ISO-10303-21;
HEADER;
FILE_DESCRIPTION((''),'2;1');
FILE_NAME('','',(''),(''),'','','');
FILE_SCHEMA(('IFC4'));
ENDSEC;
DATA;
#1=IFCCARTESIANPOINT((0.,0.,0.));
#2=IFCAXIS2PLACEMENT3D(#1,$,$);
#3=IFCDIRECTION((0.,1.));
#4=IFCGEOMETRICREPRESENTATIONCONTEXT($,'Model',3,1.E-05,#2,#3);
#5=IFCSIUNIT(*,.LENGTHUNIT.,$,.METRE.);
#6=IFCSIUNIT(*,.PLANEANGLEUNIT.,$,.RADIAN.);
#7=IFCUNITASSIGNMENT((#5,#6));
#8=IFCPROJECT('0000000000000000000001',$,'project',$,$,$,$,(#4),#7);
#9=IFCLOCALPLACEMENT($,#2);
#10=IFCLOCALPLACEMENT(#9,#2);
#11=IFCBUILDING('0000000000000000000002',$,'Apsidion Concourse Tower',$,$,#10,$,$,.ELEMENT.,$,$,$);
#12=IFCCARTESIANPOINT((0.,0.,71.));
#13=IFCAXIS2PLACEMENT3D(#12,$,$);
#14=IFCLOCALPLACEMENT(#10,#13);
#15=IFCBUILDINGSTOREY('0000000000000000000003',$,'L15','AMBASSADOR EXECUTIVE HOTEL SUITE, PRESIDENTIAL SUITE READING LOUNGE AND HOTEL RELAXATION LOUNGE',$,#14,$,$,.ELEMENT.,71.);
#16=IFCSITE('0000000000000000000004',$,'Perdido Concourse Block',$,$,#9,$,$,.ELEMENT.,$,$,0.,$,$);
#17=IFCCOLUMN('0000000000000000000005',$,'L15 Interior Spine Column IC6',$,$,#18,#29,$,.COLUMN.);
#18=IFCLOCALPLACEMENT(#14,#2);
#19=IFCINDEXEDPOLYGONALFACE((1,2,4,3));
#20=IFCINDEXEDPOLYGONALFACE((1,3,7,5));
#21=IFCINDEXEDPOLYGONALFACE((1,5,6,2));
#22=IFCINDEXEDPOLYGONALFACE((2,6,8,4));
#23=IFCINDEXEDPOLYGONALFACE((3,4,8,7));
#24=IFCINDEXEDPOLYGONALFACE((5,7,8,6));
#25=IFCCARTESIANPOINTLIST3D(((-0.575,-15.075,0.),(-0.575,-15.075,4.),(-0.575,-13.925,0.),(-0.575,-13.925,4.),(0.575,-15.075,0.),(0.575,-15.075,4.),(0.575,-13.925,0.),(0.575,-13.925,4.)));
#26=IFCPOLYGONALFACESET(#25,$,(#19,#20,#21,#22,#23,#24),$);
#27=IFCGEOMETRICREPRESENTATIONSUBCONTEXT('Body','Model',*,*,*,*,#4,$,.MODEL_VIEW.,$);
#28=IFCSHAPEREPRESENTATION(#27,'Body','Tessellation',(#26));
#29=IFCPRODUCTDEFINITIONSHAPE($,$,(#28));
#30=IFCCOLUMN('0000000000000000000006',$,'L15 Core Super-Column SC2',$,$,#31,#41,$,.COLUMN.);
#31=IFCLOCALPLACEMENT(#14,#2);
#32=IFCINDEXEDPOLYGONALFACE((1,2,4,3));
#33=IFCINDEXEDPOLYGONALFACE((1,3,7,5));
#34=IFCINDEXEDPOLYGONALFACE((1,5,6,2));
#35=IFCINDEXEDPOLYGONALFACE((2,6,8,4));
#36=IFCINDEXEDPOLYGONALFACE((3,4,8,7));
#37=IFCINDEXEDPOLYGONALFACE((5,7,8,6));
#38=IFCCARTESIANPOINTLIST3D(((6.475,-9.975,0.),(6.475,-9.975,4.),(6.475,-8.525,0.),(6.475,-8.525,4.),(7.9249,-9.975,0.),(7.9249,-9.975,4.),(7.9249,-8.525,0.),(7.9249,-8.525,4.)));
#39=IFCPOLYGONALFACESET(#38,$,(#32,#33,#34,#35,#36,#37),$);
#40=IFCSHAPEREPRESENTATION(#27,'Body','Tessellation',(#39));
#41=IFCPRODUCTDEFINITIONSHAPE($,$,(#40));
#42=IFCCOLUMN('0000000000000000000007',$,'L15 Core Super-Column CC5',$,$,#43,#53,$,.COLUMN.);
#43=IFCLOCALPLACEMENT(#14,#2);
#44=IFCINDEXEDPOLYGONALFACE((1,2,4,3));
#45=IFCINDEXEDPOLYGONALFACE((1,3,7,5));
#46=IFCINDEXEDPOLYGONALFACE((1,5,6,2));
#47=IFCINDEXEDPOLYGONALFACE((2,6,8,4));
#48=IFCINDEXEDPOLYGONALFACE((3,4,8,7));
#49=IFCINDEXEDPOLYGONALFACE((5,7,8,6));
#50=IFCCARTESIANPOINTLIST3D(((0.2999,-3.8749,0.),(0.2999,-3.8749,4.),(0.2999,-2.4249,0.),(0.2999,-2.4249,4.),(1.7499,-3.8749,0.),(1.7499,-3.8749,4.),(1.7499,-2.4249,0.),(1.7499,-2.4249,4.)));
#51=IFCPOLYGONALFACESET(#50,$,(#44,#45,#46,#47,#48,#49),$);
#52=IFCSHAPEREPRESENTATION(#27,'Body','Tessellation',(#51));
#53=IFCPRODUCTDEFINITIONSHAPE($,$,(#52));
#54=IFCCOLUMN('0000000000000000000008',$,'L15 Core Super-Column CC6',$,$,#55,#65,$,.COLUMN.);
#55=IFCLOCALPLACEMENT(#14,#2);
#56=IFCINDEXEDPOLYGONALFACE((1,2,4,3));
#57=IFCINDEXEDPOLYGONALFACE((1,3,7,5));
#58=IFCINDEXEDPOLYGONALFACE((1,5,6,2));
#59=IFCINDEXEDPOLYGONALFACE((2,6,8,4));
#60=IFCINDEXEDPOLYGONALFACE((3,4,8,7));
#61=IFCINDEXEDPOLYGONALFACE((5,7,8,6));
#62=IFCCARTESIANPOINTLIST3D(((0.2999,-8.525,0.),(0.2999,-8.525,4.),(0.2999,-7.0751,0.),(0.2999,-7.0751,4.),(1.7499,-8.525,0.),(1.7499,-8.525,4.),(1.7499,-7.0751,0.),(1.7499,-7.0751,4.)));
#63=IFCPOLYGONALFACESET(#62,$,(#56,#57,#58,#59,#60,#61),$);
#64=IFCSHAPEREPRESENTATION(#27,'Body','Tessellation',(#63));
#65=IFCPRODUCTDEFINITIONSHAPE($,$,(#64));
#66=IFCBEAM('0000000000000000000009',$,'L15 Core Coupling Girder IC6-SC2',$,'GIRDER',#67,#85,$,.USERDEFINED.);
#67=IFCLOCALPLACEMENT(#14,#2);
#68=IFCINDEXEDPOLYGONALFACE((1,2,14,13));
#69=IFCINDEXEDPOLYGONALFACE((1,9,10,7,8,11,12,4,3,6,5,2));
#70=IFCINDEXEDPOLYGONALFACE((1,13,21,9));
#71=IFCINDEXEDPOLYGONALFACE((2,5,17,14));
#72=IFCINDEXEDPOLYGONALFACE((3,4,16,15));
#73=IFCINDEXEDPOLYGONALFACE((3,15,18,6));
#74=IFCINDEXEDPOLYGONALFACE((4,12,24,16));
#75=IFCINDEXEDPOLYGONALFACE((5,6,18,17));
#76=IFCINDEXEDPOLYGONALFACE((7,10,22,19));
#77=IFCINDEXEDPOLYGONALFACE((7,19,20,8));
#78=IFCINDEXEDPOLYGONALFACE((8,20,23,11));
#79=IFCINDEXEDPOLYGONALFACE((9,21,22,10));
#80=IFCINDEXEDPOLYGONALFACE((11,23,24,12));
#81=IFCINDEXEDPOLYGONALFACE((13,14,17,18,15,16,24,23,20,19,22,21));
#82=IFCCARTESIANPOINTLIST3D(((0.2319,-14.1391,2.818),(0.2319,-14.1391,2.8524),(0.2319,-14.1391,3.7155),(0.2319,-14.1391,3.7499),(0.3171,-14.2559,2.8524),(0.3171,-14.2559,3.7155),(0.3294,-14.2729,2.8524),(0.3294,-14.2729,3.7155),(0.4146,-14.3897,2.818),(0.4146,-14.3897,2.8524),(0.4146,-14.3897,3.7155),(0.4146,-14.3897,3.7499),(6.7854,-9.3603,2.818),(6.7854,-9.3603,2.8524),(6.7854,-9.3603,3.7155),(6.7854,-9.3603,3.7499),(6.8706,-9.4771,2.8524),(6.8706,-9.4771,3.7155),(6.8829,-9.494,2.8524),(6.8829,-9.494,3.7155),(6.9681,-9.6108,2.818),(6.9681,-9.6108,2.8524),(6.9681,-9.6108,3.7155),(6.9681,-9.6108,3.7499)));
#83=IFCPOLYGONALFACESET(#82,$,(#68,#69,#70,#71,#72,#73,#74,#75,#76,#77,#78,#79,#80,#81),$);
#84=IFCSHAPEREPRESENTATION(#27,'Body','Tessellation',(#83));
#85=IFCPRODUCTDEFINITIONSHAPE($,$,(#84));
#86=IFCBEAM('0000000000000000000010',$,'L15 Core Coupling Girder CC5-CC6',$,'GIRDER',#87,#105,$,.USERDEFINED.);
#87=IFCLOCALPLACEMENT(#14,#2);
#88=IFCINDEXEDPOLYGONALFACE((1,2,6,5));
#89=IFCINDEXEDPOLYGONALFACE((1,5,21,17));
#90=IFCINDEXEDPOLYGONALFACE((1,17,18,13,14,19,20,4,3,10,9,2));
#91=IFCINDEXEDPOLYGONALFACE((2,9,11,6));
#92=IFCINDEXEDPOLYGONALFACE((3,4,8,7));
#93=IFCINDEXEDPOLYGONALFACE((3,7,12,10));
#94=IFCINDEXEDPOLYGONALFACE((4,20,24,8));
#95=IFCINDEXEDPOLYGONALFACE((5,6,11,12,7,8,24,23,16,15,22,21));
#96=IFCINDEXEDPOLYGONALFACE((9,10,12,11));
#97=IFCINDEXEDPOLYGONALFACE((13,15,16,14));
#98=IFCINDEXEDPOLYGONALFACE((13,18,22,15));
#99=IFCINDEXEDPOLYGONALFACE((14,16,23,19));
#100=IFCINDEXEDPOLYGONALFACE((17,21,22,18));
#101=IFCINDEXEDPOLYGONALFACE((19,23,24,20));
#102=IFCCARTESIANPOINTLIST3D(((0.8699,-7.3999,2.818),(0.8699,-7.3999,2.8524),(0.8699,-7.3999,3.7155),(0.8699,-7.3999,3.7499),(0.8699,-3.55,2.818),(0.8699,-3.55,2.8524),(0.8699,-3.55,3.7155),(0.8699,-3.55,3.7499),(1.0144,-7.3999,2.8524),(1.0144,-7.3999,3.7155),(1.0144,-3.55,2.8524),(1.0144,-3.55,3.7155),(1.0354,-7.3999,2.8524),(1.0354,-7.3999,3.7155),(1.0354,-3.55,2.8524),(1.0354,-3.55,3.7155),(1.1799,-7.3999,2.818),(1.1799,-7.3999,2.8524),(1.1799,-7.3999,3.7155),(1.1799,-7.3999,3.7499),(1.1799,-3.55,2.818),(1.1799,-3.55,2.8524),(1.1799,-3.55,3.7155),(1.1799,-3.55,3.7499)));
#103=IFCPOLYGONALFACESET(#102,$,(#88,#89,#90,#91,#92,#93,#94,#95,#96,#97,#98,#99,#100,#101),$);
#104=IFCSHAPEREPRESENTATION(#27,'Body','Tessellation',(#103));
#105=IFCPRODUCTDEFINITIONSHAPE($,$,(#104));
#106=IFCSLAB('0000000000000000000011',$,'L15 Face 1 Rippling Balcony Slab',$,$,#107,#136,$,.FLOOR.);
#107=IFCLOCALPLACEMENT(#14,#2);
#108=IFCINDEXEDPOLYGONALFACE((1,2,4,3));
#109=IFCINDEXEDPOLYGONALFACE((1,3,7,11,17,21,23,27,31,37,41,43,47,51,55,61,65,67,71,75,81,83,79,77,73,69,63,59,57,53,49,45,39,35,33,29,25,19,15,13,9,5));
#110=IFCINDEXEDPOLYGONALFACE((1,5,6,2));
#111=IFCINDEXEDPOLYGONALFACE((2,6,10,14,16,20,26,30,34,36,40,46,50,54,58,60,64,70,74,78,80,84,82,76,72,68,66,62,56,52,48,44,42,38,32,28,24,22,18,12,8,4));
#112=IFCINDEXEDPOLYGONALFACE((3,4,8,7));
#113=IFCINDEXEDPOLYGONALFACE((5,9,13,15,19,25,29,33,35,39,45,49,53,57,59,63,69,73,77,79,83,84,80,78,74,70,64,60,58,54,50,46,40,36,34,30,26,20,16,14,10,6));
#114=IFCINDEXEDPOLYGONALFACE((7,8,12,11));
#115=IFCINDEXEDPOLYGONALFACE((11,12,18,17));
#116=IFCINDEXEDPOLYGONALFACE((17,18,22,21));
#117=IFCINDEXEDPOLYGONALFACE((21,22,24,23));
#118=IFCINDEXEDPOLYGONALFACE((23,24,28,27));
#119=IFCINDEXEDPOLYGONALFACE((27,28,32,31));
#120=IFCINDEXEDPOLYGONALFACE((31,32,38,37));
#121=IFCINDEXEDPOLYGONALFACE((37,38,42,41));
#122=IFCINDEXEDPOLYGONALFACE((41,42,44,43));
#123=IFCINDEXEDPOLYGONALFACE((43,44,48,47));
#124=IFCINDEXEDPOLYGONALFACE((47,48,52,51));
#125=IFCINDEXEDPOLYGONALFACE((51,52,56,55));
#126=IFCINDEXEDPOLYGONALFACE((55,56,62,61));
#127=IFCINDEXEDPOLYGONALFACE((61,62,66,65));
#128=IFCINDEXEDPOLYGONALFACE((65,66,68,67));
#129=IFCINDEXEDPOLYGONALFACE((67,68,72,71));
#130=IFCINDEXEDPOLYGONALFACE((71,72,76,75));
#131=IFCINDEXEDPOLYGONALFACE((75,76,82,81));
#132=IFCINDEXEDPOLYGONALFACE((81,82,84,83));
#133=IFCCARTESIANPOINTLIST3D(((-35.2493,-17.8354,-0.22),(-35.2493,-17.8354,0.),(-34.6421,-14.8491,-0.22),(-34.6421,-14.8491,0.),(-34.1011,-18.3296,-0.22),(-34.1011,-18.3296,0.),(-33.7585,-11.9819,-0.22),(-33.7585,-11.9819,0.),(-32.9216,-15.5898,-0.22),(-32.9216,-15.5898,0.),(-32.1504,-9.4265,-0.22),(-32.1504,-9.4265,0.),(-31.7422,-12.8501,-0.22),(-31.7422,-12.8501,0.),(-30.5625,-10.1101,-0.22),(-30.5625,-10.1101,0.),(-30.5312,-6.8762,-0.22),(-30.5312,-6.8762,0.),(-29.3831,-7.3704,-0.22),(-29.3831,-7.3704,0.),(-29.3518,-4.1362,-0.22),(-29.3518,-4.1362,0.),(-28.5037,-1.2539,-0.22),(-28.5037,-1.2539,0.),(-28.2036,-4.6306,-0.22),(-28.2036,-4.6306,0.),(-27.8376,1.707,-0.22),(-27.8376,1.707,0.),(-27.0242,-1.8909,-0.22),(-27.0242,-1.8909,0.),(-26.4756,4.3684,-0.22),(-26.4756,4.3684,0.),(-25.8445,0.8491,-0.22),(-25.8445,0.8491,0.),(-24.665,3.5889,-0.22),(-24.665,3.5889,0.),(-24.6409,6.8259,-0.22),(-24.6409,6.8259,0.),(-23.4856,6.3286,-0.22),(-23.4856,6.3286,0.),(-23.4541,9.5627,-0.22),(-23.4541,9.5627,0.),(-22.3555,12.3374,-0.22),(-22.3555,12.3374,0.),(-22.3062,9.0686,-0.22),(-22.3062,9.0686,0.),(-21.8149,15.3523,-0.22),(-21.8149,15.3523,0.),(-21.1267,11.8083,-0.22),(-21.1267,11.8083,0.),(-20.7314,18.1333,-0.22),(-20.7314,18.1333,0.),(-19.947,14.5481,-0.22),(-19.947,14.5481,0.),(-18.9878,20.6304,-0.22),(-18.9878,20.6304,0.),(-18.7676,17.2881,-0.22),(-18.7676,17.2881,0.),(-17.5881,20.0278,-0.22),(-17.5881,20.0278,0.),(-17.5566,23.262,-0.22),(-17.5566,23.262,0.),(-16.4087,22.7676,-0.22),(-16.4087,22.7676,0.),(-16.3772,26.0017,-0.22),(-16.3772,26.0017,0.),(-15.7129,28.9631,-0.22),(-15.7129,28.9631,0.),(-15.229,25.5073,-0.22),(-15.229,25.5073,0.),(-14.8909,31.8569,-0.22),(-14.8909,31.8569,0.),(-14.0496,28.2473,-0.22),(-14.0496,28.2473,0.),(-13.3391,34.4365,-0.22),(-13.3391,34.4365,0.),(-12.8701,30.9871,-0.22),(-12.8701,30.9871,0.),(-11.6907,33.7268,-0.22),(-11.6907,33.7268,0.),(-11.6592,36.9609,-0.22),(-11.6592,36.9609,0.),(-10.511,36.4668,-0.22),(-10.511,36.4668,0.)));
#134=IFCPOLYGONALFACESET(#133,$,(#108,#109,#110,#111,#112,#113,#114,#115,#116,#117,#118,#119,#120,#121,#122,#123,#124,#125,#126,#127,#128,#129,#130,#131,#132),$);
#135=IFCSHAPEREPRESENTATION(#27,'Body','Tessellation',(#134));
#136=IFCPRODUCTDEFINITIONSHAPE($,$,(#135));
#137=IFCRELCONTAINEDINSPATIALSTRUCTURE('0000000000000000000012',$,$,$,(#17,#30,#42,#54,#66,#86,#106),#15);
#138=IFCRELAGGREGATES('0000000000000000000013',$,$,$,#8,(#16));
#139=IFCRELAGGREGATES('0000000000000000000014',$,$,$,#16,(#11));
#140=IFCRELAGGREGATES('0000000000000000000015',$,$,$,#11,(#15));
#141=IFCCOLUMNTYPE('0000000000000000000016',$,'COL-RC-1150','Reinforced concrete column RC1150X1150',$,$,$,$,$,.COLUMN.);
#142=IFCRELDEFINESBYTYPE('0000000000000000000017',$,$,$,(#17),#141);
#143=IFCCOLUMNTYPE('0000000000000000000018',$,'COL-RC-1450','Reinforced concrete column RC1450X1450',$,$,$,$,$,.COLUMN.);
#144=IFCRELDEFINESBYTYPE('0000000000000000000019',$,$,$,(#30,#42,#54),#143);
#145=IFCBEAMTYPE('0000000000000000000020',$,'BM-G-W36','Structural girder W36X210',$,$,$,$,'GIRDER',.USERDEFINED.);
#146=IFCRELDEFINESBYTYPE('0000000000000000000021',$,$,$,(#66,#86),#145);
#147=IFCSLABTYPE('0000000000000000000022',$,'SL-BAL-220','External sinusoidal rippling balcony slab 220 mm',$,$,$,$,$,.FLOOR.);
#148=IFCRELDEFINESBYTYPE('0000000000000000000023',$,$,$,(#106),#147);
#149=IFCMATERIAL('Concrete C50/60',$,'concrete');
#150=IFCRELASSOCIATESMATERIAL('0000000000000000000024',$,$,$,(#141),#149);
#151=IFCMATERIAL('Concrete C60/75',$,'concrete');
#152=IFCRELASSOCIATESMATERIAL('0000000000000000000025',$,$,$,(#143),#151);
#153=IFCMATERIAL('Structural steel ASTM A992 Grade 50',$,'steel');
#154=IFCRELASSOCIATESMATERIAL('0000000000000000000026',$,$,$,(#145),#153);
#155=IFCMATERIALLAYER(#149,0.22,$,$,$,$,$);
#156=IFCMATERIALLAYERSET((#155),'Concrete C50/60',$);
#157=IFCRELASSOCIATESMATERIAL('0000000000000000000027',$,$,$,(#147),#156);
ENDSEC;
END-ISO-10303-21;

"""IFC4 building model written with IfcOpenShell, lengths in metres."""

from ifc_helpers import new_model, si_unit, direction, frame, origin, origin_2d, place, context, subcontext, project, spatial, polyline, rectangle, i_section, outline, extrude, material, layer, layer_set, material_profile, profile_set, type_object, element, save


model = new_model("IFC4")

# Units and contexts
model_context = context("Model", 3, precision=1e-05, world=origin(), true_north=direction((0.0, 1.0)))
body_context = subcontext(model_context, "Body", "Model", "MODEL_VIEW")
ifc_project = project(units=[si_unit("LENGTHUNIT", "METRE"), si_unit("PLANEANGLEUNIT", "RADIAN")], contexts=[model_context])

# Site, building, storey
site_placement = place(None, origin())
site = spatial("IfcSite", under=ifc_project, at=site_placement, Name="Perdido Concourse Block", CompositionType="ELEMENT", RefElevation=0.0)
building_placement = place(site_placement, origin())
building = spatial("IfcBuilding", under=site, at=building_placement, Name="Apsidion Concourse Tower", CompositionType="ELEMENT")
storey_placement = place(building_placement, frame((0.0, 0.0, 71.0)))
storey = spatial("IfcBuildingStorey", under=building, at=storey_placement, Name="L15", Description="AMBASSADOR EXECUTIVE HOTEL SUITE, PRESIDENTIAL SUITE READING LOUNGE AND HOTEL RELAXATION LOUNGE", CompositionType="ELEMENT", Elevation=71.0)

# Columns
ifc_material_1 = material(Name="Concrete C50/60", Category="concrete")
ifc_material_profile_1 = material_profile(ifc_material_1, rectangle(XDim=1.1499, YDim=1.1499, at=origin_2d()), Name="RC 1150x1150")
ifc_profile_set_1 = profile_set([ifc_material_profile_1], Name="Concrete C50/60")
column_type_1 = type_object("IfcColumnType", Name="COL-RC-1150", Description="Reinforced concrete column RC1150X1150", PredefinedType="COLUMN", material=ifc_profile_set_1)
column_placement = place(storey_placement, frame((0.0, -14.5, 0.0), z_axis=(0.0, 0.0, 1.0), x_axis=(1.0, 0.0, 0.0)))
element("IfcColumn", 1, at=column_placement, inside=storey, type_object=column_type_1, Name="L15 Interior Spine Column IC6", PredefinedType="COLUMN", context=body_context, shape_type="SweptSolid", body=[
    extrude(rectangle(XDim=1.1499, YDim=1.1499, at=origin_2d()), origin(), (0.0, 0.0, 1.0), 4.0),
])
ifc_material_2 = material(Name="Concrete C60/75", Category="concrete")
ifc_material_profile_2 = material_profile(ifc_material_2, rectangle(XDim=1.45, YDim=1.45, at=origin_2d()), Name="RC 1450x1450")
ifc_profile_set_2 = profile_set([ifc_material_profile_2], Name="Concrete C60/75")
column_type_2 = type_object("IfcColumnType", Name="COL-RC-1450", Description="Reinforced concrete column RC1450X1450", PredefinedType="COLUMN", material=ifc_profile_set_2)
for number, where, z_axis, x_axis, name in (
    (2, (7.2, -9.25, 0.0), (0.0, 0.0, 1.0), (1.0, 0.0, 0.0), "L15 Core Super-Column SC2"),
    (3, (1.0249, -3.1499, 0.0), (0.0, 0.0, 1.0), (1.0, 0.0, 0.0), "L15 Core Super-Column CC5"),
    (4, (1.0249, -7.8, 0.0), (0.0, 0.0, 1.0), (1.0, 0.0, 0.0), "L15 Core Super-Column CC6"),
):
    element("IfcColumn", number, at=place(storey_placement, frame(where, z_axis=z_axis, x_axis=x_axis)), inside=storey, type_object=column_type_2, Name=name, PredefinedType="COLUMN", context=body_context, shape_type="SweptSolid", body=[
        extrude(rectangle(XDim=1.45, YDim=1.45, at=origin_2d()), origin(), (0.0, 0.0, 1.0), 4.0),
    ])

# Beams
ifc_material_3 = material(Name="Structural steel ASTM A992 Grade 50", Category="steel")
ifc_material_profile_3 = material_profile(ifc_material_3, i_section(OverallWidth=0.3101, OverallDepth=0.9319, WebThickness=0.021, FlangeThickness=0.0344, at=origin_2d()), Name="W36X210")
ifc_profile_set_3 = profile_set([ifc_material_profile_3], Name="Structural steel ASTM A992 Grade 50")
beam_type = type_object("IfcBeamType", Name="BM-G-W36", Description="Structural girder W36X210", ElementType="GIRDER", PredefinedType="USERDEFINED", material=ifc_profile_set_3)
beam_1_placement = place(storey_placement, frame((0.3232, -14.2644, 3.2839), z_axis=(0.807993, 0.589191, 0.0), x_axis=(-0.589191, 0.807993, 0.0)))
element("IfcBeam", 5, at=beam_1_placement, inside=storey, type_object=beam_type, Name="L15 Core Coupling Girder IC6-SC2", ObjectType="GIRDER", PredefinedType="USERDEFINED", context=body_context, shape_type="SweptSolid", body=[
    extrude(i_section(OverallWidth=0.3101, OverallDepth=0.9319, WebThickness=0.021, FlangeThickness=0.0344, at=origin_2d()), origin(), (0.0, 0.0, 1.0), 8.1108),
])
beam_2_placement = place(storey_placement, frame((1.0249, -3.55, 3.2839), z_axis=(0.0, -1.0, 0.0), x_axis=(1.0, 0.0, 0.0)))
element("IfcBeam", 6, at=beam_2_placement, inside=storey, type_object=beam_type, Name="L15 Core Coupling Girder CC5-CC6", ObjectType="GIRDER", PredefinedType="USERDEFINED", context=body_context, shape_type="SweptSolid", body=[
    extrude(i_section(OverallWidth=0.3101, OverallDepth=0.9319, WebThickness=0.021, FlangeThickness=0.0344, at=origin_2d()), origin(), (0.0, 0.0, 1.0), 3.8499),
])

# Slab
ifc_layer_1 = layer(ifc_material_1, 0.22)
ifc_layer_set_1 = layer_set([ifc_layer_1], Name="Concrete C50/60")
slab_type_1 = type_object("IfcSlabType", Name="SL-BAL-220", Description="External sinusoidal rippling balcony slab 220 mm", PredefinedType="FLOOR", material=ifc_layer_set_1)
slab_1_placement = place(storey_placement, frame((0.0, 0.0, -0.22)))
element("IfcSlab", 7, at=slab_1_placement, inside=storey, type_object=slab_type_1, Name="L15 Face 1 Rippling Balcony Slab", PredefinedType="FLOOR", context=body_context, shape_type="SweptSolid", body=[
    extrude(outline(polyline([(-10.511, 36.4668), (-11.6907, 33.7268), (-12.8701, 30.9871), (-14.0496, 28.2473), (-15.229, 25.5073), (-16.4087, 22.7676), (-17.5881, 20.0278), (-18.7676, 17.2881), (-19.947, 14.5481), (-21.1267, 11.8083), (-22.3062, 9.0686), (-23.4856, 6.3286), (-24.665, 3.5889), (-25.8445, 0.8491), (-27.0242, -1.8909), (-28.2036, -4.6306), (-29.3831, -7.3704), (-30.5625, -10.1101), (-31.7422, -12.8501), (-32.9216, -15.5898), (-34.1011, -18.3296), (-35.2493, -17.8354), (-34.6421, -14.8491), (-33.7585, -11.9819), (-32.1504, -9.4265), (-30.5312, -6.8762), (-29.3518, -4.1362), (-28.5037, -1.2539), (-27.8376, 1.707), (-26.4756, 4.3684), (-24.6409, 6.8259), (-23.4541, 9.5627), (-22.3555, 12.3374), (-21.8149, 15.3523), (-20.7314, 18.1333), (-18.9878, 20.6304), (-17.5566, 23.262), (-16.3772, 26.0017), (-15.7129, 28.9631), (-14.8909, 31.8569), (-13.3391, 34.4365), (-11.6592, 36.9609), (-10.511, 36.4668)])), origin(), (0.0, 0.0, 1.0), 0.22),
])

save(model, "model.ifc")
